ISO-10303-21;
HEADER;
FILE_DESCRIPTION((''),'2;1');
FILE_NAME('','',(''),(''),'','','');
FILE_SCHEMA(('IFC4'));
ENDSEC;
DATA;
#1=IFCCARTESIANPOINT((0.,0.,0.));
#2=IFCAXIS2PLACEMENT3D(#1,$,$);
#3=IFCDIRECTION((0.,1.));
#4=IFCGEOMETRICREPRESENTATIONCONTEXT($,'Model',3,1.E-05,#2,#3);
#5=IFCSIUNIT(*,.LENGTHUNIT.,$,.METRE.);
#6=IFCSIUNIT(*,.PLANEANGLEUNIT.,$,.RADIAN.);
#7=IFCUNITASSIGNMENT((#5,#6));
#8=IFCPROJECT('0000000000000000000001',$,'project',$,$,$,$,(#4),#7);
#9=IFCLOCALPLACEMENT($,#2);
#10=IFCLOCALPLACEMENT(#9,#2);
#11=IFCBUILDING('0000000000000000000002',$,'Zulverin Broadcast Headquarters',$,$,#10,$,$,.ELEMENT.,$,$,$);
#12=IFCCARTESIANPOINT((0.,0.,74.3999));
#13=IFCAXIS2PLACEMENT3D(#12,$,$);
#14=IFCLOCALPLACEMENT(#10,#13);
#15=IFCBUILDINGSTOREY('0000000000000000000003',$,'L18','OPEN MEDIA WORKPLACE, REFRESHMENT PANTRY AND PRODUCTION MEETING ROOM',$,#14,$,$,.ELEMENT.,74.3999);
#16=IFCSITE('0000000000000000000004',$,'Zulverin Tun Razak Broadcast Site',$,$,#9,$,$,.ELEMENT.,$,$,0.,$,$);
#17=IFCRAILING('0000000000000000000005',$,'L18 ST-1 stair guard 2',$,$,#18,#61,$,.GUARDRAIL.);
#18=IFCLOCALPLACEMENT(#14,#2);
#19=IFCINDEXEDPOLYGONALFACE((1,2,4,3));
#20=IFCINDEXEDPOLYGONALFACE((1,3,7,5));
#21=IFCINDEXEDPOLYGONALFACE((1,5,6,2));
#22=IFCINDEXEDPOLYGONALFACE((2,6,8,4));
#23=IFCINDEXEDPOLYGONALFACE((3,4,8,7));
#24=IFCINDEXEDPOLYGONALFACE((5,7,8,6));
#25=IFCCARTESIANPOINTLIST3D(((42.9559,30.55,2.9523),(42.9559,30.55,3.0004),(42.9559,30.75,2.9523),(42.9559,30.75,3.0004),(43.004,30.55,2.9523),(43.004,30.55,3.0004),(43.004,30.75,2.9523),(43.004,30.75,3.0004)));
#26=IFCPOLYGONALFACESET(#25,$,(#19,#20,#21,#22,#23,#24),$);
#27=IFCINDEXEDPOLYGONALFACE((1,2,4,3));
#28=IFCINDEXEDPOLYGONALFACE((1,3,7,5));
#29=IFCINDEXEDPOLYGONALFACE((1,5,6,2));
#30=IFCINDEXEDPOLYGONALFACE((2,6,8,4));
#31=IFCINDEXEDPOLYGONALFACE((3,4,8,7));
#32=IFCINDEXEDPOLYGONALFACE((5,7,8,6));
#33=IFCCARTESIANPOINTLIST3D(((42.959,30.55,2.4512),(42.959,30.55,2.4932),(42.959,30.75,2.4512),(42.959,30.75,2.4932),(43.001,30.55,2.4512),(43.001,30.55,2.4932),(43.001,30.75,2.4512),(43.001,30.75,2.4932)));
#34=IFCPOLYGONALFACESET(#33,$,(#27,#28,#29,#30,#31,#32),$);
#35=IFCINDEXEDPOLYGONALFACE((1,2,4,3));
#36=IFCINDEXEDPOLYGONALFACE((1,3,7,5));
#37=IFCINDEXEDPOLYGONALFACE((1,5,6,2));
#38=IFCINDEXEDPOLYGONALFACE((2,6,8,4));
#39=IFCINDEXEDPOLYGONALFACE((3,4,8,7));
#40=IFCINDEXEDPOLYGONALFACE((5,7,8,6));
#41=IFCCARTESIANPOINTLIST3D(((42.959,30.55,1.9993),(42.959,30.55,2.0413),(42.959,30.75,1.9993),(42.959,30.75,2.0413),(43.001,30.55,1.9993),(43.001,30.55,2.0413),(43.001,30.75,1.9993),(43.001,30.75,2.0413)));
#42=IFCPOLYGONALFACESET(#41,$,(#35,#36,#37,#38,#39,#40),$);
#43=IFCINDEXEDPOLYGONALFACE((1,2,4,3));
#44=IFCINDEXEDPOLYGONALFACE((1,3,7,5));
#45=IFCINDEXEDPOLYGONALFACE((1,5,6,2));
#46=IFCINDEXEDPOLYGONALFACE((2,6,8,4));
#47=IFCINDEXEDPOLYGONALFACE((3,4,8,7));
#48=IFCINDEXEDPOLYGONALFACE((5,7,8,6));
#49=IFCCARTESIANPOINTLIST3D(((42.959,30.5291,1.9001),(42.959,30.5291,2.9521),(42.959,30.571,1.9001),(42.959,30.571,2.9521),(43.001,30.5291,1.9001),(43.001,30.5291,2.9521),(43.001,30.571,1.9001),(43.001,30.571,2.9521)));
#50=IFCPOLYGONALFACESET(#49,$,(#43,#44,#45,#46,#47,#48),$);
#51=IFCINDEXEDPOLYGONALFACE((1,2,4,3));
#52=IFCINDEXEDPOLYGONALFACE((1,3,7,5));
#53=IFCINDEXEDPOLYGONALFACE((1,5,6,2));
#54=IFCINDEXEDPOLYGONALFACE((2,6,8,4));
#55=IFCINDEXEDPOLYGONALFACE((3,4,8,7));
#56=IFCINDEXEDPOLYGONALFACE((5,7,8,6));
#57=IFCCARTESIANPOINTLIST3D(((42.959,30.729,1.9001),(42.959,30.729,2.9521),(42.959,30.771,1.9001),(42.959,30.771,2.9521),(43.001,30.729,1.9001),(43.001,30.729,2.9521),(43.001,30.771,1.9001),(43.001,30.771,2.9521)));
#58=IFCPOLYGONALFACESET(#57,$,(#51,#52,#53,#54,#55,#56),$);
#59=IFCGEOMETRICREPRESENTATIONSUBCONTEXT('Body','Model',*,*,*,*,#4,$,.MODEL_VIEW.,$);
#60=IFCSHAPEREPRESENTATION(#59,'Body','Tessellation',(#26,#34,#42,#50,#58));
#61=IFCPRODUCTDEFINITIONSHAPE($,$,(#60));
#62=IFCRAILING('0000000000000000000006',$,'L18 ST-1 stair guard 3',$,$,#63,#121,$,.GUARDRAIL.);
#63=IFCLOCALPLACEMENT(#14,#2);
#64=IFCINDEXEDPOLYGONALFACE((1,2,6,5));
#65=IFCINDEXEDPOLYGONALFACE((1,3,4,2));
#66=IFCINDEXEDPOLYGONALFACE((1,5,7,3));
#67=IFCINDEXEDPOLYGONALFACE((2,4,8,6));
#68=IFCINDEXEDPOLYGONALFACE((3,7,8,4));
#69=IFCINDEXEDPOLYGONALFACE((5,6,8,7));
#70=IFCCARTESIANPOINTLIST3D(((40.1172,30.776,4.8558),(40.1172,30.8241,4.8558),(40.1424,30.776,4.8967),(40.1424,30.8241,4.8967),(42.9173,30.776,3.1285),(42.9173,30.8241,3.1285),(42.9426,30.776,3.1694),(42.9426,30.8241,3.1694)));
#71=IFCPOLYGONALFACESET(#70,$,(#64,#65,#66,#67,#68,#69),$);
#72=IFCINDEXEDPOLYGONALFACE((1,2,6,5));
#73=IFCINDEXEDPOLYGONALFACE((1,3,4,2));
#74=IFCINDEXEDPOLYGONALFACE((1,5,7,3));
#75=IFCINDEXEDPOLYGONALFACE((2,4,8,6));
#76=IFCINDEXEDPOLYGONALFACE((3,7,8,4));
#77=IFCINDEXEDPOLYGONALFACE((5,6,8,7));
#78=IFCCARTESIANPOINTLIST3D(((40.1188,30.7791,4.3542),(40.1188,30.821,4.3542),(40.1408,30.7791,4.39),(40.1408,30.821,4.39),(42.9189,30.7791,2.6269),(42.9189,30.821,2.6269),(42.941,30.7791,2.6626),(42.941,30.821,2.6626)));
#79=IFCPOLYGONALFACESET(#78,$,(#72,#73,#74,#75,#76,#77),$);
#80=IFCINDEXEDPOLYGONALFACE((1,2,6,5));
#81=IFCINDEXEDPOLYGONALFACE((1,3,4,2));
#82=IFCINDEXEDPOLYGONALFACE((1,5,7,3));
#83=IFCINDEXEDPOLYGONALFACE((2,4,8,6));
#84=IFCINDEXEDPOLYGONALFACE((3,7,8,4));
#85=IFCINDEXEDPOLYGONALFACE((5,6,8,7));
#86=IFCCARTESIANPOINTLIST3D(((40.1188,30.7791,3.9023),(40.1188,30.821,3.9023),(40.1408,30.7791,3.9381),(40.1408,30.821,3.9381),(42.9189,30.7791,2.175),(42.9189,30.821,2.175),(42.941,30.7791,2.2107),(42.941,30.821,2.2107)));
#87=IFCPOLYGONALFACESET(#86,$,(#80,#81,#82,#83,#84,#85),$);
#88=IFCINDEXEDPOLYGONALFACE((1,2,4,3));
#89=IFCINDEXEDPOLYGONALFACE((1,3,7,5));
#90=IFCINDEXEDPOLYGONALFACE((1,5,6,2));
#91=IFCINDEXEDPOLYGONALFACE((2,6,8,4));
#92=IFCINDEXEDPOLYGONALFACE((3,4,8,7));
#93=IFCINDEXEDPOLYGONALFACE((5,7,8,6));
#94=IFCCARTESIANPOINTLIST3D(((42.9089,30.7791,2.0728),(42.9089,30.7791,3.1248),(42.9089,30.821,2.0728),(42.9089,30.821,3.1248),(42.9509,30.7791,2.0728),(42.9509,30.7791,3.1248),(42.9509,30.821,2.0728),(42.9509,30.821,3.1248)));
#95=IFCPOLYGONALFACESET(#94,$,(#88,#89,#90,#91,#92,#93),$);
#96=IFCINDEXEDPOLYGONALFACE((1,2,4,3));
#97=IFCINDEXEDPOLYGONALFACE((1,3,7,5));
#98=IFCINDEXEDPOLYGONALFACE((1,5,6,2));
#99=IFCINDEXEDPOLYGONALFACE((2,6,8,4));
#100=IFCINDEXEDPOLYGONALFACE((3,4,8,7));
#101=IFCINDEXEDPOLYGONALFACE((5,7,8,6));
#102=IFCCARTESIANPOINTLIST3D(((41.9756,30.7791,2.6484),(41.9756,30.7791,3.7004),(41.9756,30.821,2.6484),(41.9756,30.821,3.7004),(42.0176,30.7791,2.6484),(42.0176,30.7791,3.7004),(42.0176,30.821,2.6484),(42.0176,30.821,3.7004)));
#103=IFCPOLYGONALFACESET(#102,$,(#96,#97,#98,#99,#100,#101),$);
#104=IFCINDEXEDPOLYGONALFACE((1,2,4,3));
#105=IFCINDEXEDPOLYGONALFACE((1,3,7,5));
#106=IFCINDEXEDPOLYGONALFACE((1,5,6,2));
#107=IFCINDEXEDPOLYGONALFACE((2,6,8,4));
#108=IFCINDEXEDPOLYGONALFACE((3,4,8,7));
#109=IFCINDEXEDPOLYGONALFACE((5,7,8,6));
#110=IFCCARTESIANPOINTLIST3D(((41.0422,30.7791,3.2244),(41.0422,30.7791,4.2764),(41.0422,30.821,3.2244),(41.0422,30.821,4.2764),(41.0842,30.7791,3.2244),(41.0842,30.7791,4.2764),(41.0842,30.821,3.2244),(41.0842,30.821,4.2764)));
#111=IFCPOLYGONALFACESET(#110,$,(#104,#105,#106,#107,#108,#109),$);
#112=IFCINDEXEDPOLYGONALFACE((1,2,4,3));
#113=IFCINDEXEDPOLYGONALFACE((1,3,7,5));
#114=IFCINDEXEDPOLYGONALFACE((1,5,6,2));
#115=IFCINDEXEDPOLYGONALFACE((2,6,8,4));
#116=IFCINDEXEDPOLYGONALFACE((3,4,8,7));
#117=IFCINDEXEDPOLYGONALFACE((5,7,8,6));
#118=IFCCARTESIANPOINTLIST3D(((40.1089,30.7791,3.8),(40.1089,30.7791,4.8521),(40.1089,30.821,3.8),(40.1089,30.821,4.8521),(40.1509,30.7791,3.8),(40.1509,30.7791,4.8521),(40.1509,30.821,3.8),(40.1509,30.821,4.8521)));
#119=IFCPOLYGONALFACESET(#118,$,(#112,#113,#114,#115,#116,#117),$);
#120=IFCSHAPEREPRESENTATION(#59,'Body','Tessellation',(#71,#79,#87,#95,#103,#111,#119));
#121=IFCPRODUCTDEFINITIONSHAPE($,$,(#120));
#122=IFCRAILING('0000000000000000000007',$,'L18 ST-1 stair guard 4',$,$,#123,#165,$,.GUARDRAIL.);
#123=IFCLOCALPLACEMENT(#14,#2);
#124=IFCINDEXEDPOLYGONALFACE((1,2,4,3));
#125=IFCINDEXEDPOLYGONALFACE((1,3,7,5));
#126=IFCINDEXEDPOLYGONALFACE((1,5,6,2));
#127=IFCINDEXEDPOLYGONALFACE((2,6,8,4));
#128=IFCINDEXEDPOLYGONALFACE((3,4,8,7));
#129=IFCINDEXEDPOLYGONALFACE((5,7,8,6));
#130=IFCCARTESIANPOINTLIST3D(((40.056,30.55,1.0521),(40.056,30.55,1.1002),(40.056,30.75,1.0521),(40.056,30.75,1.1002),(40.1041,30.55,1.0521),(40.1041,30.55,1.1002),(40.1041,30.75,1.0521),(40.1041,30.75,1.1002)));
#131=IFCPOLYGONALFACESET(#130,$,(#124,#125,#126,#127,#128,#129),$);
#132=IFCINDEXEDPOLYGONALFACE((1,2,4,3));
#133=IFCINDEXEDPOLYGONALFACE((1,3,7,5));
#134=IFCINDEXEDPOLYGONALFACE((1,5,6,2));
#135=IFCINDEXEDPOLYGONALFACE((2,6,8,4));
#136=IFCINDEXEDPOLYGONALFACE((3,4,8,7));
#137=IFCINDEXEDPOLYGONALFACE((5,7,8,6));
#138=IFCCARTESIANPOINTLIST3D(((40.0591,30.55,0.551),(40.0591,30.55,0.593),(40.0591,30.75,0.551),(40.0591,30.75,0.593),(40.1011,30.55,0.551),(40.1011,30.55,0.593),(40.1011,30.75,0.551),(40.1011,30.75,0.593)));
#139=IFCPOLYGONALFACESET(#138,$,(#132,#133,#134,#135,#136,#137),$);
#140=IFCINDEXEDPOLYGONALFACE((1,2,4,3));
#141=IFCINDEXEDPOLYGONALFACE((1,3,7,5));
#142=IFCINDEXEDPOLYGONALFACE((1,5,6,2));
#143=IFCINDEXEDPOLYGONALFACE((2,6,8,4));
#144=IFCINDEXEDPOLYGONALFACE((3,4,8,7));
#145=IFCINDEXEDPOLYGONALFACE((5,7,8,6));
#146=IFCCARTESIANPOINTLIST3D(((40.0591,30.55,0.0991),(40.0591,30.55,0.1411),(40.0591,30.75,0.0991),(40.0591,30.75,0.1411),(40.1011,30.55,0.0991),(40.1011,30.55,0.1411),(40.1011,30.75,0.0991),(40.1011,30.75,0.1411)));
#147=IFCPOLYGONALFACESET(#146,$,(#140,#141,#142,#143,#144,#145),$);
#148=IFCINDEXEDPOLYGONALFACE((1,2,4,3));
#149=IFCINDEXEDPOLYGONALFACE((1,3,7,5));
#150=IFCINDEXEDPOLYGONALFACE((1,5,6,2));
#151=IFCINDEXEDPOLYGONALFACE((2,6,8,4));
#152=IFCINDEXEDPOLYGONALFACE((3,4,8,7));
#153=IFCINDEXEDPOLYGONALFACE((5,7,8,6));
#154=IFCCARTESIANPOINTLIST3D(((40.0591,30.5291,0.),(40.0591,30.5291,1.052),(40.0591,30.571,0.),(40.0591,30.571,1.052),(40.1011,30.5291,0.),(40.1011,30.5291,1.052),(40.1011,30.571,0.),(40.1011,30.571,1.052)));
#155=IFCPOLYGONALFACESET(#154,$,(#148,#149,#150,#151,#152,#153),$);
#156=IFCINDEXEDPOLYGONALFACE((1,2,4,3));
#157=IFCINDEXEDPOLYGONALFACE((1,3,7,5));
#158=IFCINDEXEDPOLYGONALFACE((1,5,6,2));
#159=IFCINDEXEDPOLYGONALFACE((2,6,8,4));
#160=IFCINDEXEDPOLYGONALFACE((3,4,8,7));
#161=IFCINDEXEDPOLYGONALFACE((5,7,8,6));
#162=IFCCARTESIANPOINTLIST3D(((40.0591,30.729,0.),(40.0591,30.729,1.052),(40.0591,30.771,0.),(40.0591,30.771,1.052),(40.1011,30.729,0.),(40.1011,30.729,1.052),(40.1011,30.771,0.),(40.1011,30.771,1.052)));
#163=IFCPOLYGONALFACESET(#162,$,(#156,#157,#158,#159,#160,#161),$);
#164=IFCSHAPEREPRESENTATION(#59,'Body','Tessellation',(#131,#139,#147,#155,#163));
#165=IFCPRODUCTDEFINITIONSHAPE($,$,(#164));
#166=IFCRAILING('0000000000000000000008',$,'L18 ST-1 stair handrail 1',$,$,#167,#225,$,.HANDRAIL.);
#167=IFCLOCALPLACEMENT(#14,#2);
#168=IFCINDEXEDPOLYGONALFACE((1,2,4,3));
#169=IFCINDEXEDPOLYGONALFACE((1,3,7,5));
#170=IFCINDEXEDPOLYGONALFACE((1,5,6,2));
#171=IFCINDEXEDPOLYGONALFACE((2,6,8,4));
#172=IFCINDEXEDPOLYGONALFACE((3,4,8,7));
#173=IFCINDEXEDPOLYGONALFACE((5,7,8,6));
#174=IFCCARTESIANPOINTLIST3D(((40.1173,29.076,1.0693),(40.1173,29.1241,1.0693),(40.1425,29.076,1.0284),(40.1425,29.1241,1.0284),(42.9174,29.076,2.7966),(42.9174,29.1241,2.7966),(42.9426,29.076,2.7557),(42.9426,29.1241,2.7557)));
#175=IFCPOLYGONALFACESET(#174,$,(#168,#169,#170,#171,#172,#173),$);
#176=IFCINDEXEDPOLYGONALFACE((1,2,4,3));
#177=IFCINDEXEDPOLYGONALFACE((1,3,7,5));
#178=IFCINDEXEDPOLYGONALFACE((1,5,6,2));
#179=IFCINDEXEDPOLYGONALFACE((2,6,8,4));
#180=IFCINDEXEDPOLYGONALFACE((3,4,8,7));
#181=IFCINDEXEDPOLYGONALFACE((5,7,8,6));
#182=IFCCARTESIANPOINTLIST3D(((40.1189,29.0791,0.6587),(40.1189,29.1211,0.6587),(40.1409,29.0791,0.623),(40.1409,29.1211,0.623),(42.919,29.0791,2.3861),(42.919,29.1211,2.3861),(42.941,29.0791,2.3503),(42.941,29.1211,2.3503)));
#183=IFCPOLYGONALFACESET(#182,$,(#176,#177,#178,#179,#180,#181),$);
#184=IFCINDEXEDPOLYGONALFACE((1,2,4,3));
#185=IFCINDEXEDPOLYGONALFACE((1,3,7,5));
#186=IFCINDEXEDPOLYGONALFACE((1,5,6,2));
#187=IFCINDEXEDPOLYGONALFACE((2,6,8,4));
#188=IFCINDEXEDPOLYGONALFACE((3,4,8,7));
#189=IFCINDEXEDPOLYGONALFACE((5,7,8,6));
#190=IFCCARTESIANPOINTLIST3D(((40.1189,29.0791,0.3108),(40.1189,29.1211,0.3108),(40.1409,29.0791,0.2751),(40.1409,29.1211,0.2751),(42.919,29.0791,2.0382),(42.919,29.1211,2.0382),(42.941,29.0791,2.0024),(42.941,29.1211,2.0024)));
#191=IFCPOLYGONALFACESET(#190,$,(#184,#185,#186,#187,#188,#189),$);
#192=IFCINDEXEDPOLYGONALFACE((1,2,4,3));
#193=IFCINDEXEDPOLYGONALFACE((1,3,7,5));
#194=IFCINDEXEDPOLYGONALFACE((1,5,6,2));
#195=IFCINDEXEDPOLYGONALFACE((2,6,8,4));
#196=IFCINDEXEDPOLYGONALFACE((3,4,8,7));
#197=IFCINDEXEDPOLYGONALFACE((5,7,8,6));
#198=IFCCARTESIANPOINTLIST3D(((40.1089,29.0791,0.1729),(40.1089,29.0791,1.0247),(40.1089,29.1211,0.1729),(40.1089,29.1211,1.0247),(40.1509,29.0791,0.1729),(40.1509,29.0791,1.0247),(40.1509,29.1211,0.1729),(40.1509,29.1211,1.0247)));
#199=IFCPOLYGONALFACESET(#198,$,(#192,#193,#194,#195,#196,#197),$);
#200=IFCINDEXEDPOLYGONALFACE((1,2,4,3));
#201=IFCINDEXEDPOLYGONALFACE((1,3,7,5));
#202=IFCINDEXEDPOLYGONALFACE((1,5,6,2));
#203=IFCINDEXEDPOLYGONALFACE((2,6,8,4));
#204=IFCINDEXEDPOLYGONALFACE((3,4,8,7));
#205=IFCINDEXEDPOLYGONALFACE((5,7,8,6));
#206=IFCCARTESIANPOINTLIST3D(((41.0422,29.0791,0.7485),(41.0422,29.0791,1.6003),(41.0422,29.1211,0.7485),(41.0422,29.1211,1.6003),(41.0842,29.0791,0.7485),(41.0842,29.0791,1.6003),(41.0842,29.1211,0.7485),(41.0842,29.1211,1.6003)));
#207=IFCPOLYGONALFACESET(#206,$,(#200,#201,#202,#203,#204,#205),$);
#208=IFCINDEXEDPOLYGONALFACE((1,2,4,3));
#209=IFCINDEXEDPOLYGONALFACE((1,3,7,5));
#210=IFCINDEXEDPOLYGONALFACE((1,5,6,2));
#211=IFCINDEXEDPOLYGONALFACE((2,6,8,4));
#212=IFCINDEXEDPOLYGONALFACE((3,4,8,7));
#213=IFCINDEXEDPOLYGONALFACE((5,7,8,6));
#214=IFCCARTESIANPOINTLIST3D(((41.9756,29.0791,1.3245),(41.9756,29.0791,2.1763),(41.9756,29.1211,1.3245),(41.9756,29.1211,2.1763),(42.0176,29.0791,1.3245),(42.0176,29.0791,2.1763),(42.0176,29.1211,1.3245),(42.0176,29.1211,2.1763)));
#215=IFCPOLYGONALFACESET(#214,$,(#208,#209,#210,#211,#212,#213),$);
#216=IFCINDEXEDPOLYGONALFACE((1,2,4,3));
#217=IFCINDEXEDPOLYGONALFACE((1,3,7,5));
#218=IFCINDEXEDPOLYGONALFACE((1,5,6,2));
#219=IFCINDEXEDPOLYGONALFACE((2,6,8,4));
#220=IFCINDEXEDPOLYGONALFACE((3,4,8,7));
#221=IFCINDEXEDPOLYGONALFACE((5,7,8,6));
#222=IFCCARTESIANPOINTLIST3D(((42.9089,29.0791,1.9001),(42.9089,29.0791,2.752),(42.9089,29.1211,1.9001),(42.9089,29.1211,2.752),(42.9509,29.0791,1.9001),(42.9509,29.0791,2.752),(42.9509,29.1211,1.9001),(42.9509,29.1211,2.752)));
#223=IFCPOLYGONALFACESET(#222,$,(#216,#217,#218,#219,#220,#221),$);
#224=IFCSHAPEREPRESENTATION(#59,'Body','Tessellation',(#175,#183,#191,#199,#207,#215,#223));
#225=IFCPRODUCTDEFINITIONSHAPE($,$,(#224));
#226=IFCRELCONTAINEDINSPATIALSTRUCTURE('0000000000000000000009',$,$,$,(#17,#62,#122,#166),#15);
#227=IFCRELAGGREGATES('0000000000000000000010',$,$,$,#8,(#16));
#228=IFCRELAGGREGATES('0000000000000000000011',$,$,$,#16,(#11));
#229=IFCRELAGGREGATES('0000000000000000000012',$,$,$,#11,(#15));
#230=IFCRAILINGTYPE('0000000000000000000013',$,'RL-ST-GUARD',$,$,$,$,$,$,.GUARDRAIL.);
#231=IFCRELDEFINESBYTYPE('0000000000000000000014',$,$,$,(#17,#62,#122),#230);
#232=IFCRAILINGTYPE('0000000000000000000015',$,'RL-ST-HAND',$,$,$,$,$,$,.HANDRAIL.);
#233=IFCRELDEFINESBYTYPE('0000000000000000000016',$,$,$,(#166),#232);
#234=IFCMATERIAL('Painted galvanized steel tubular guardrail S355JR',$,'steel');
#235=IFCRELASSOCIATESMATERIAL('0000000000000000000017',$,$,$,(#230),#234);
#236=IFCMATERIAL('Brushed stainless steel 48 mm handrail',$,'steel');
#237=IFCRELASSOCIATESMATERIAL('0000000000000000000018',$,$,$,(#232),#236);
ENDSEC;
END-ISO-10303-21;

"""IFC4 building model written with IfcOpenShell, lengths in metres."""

from ifc_helpers import new_model, si_unit, direction, frame, origin, origin_2d, place, context, subcontext, project, spatial, rectangle, extrude, material, type_object, element, save


model = new_model("IFC4")

# Units and contexts
model_context = context("Model", 3, precision=1e-05, world=origin(), true_north=direction((0.0, 1.0)))
body_context = subcontext(model_context, "Body", "Model", "MODEL_VIEW")
ifc_project = project(units=[si_unit("LENGTHUNIT", "METRE"), si_unit("PLANEANGLEUNIT", "RADIAN")], contexts=[model_context])

# Site, building, storey
site_placement = place(None, origin())
site = spatial("IfcSite", under=ifc_project, at=site_placement, Name="Zulverin Tun Razak Broadcast Site", CompositionType="ELEMENT", RefElevation=0.0)
building_placement = place(site_placement, origin())
building = spatial("IfcBuilding", under=site, at=building_placement, Name="Zulverin Broadcast Headquarters", CompositionType="ELEMENT")
storey_placement = place(building_placement, frame((0.0, 0.0, 74.3999)))
storey = spatial("IfcBuildingStorey", under=building, at=storey_placement, Name="L18", Description="OPEN MEDIA WORKPLACE, REFRESHMENT PANTRY AND PRODUCTION MEETING ROOM", CompositionType="ELEMENT", Elevation=74.3999)

# Railings
ifc_material_1 = material(Name="Painted galvanized steel tubular guardrail S355JR", Category="steel")
railing_type_1 = type_object("IfcRailingType", Name="RL-ST-GUARD", PredefinedType="GUARDRAIL", material=ifc_material_1)
railing_1_placement = place(storey_placement, frame((42.98, 30.55, 1.9001)))
element("IfcRailing", 1, at=railing_1_placement, inside=storey, type_object=railing_type_1, Name="L18 ST-1 stair guard 2", PredefinedType="GUARDRAIL", context=body_context, shape_type="SweptSolid", body=[
    extrude(rectangle(XDim=0.0481, YDim=0.0481, at=origin_2d()), frame((0.0, 0.0, 1.0762), z_axis=(0.0, 1.0, 0.0), x_axis=(-1.0, 0.0, 0.0)), (0.0, 0.0, 1.0), 0.2),
    extrude(rectangle(XDim=0.042, YDim=0.042, at=origin_2d()), frame((0.0, 0.0, 0.572), z_axis=(0.0, 1.0, 0.0), x_axis=(-1.0, 0.0, 0.0)), (0.0, 0.0, 1.0), 0.2),
    extrude(rectangle(XDim=0.042, YDim=0.042, at=origin_2d()), frame((0.0, 0.0, 0.1201), z_axis=(0.0, 1.0, 0.0), x_axis=(-1.0, 0.0, 0.0)), (0.0, 0.0, 1.0), 0.2),
    extrude(rectangle(XDim=0.042, YDim=0.042, at=origin_2d()), origin(), (0.0, 0.0, 1.0), 1.052),
    extrude(rectangle(XDim=0.042, YDim=0.042, at=origin_2d()), frame((0.0, 0.2, 0.0)), (0.0, 0.0, 1.0), 1.052),
])
railing_2_placement = place(storey_placement, frame((42.9299, 30.8, 2.0728)))
element("IfcRailing", 2, at=railing_2_placement, inside=storey, type_object=railing_type_1, Name="L18 ST-1 stair guard 3", PredefinedType="GUARDRAIL", context=body_context, shape_type="SweptSolid", body=[
    extrude(rectangle(XDim=0.0481, YDim=0.0481, at=origin_2d()), frame((0.0, 0.0, 1.0762), z_axis=(-0.85109, 0.0, 0.52502), x_axis=(0.0, -1.0, 0.0)), (0.0, 0.0, 1.0), 3.29),
    extrude(rectangle(XDim=0.042, YDim=0.042, at=origin_2d()), frame((0.0, 0.0, 0.572), z_axis=(-0.85109, 0.0, 0.52502), x_axis=(0.0, -1.0, 0.0)), (0.0, 0.0, 1.0), 3.29),
    extrude(rectangle(XDim=0.042, YDim=0.042, at=origin_2d()), frame((0.0, 0.0, 0.1201), z_axis=(-0.85109, 0.0, 0.52502), x_axis=(0.0, -1.0, 0.0)), (0.0, 0.0, 1.0), 3.29),
    extrude(rectangle(XDim=0.042, YDim=0.042, at=origin_2d()), origin(), (0.0, 0.0, 1.0), 1.052),
    extrude(rectangle(XDim=0.042, YDim=0.042, at=origin_2d()), frame((-0.9333, 0.0, 0.5757)), (0.0, 0.0, 1.0), 1.052),
    extrude(rectangle(XDim=0.042, YDim=0.042, at=origin_2d()), frame((-1.8667, 0.0, 1.1516)), (0.0, 0.0, 1.0), 1.052),
    extrude(rectangle(XDim=0.042, YDim=0.042, at=origin_2d()), frame((-2.8, 0.0, 1.7273)), (0.0, 0.0, 1.0), 1.052),
])
railing_3_placement = place(storey_placement, frame((40.0801, 30.55, 0.0)))
element("IfcRailing", 3, at=railing_3_placement, inside=storey, type_object=railing_type_1, Name="L18 ST-1 stair guard 4", PredefinedType="GUARDRAIL", context=body_context, shape_type="SweptSolid", body=[
    extrude(rectangle(XDim=0.0481, YDim=0.0481, at=origin_2d()), frame((0.0, 0.0, 1.0762), z_axis=(0.0, 1.0, 0.0), x_axis=(-1.0, 0.0, 0.0)), (0.0, 0.0, 1.0), 0.2),
    extrude(rectangle(XDim=0.042, YDim=0.042, at=origin_2d()), frame((0.0, 0.0, 0.572), z_axis=(0.0, 1.0, 0.0), x_axis=(-1.0, 0.0, 0.0)), (0.0, 0.0, 1.0), 0.2),
    extrude(rectangle(XDim=0.042, YDim=0.042, at=origin_2d()), frame((0.0, 0.0, 0.1201), z_axis=(0.0, 1.0, 0.0), x_axis=(-1.0, 0.0, 0.0)), (0.0, 0.0, 1.0), 0.2),
    extrude(rectangle(XDim=0.042, YDim=0.042, at=origin_2d()), origin(), (0.0, 0.0, 1.0), 1.052),
    extrude(rectangle(XDim=0.042, YDim=0.042, at=origin_2d()), frame((0.0, 0.2, 0.0)), (0.0, 0.0, 1.0), 1.052),
])
ifc_material_2 = material(Name="Brushed stainless steel 48 mm handrail", Category="steel")
railing_type_2 = type_object("IfcRailingType", Name="RL-ST-HAND", PredefinedType="HANDRAIL", material=ifc_material_2)
railing_4_placement = place(storey_placement, frame((40.1299, 29.1001, 0.1729)))
element("IfcRailing", 4, at=railing_4_placement, inside=storey, type_object=railing_type_2, Name="L18 ST-1 stair handrail 1", PredefinedType="HANDRAIL", context=body_context, shape_type="SweptSolid", body=[
    extrude(rectangle(XDim=0.0481, YDim=0.0481, at=origin_2d()), frame((0.0, 0.0, 0.876), z_axis=(0.85109, 0.0, 0.52502), x_axis=(0.0, 1.0, 0.0)), (0.0, 0.0, 1.0), 3.29),
    extrude(rectangle(XDim=0.042, YDim=0.042, at=origin_2d()), frame((0.0, 0.0, 0.468), z_axis=(0.85109, 0.0, 0.52502), x_axis=(0.0, 1.0, 0.0)), (0.0, 0.0, 1.0), 3.29),
    extrude(rectangle(XDim=0.042, YDim=0.042, at=origin_2d()), frame((0.0, 0.0, 0.1201), z_axis=(0.85109, 0.0, 0.52502), x_axis=(0.0, 1.0, 0.0)), (0.0, 0.0, 1.0), 3.29),
    extrude(rectangle(XDim=0.042, YDim=0.042, at=origin_2d()), origin(), (0.0, 0.0, 1.0), 0.8518),
    extrude(rectangle(XDim=0.042, YDim=0.042, at=origin_2d()), frame((0.9333, 0.0, 0.5757)), (0.0, 0.0, 1.0), 0.8518),
    extrude(rectangle(XDim=0.042, YDim=0.042, at=origin_2d()), frame((1.8667, 0.0, 1.1516)), (0.0, 0.0, 1.0), 0.8518),
    extrude(rectangle(XDim=0.042, YDim=0.042, at=origin_2d()), frame((2.8, 0.0, 1.7273)), (0.0, 0.0, 1.0), 0.8518),
])

save(model, "model.ifc")
